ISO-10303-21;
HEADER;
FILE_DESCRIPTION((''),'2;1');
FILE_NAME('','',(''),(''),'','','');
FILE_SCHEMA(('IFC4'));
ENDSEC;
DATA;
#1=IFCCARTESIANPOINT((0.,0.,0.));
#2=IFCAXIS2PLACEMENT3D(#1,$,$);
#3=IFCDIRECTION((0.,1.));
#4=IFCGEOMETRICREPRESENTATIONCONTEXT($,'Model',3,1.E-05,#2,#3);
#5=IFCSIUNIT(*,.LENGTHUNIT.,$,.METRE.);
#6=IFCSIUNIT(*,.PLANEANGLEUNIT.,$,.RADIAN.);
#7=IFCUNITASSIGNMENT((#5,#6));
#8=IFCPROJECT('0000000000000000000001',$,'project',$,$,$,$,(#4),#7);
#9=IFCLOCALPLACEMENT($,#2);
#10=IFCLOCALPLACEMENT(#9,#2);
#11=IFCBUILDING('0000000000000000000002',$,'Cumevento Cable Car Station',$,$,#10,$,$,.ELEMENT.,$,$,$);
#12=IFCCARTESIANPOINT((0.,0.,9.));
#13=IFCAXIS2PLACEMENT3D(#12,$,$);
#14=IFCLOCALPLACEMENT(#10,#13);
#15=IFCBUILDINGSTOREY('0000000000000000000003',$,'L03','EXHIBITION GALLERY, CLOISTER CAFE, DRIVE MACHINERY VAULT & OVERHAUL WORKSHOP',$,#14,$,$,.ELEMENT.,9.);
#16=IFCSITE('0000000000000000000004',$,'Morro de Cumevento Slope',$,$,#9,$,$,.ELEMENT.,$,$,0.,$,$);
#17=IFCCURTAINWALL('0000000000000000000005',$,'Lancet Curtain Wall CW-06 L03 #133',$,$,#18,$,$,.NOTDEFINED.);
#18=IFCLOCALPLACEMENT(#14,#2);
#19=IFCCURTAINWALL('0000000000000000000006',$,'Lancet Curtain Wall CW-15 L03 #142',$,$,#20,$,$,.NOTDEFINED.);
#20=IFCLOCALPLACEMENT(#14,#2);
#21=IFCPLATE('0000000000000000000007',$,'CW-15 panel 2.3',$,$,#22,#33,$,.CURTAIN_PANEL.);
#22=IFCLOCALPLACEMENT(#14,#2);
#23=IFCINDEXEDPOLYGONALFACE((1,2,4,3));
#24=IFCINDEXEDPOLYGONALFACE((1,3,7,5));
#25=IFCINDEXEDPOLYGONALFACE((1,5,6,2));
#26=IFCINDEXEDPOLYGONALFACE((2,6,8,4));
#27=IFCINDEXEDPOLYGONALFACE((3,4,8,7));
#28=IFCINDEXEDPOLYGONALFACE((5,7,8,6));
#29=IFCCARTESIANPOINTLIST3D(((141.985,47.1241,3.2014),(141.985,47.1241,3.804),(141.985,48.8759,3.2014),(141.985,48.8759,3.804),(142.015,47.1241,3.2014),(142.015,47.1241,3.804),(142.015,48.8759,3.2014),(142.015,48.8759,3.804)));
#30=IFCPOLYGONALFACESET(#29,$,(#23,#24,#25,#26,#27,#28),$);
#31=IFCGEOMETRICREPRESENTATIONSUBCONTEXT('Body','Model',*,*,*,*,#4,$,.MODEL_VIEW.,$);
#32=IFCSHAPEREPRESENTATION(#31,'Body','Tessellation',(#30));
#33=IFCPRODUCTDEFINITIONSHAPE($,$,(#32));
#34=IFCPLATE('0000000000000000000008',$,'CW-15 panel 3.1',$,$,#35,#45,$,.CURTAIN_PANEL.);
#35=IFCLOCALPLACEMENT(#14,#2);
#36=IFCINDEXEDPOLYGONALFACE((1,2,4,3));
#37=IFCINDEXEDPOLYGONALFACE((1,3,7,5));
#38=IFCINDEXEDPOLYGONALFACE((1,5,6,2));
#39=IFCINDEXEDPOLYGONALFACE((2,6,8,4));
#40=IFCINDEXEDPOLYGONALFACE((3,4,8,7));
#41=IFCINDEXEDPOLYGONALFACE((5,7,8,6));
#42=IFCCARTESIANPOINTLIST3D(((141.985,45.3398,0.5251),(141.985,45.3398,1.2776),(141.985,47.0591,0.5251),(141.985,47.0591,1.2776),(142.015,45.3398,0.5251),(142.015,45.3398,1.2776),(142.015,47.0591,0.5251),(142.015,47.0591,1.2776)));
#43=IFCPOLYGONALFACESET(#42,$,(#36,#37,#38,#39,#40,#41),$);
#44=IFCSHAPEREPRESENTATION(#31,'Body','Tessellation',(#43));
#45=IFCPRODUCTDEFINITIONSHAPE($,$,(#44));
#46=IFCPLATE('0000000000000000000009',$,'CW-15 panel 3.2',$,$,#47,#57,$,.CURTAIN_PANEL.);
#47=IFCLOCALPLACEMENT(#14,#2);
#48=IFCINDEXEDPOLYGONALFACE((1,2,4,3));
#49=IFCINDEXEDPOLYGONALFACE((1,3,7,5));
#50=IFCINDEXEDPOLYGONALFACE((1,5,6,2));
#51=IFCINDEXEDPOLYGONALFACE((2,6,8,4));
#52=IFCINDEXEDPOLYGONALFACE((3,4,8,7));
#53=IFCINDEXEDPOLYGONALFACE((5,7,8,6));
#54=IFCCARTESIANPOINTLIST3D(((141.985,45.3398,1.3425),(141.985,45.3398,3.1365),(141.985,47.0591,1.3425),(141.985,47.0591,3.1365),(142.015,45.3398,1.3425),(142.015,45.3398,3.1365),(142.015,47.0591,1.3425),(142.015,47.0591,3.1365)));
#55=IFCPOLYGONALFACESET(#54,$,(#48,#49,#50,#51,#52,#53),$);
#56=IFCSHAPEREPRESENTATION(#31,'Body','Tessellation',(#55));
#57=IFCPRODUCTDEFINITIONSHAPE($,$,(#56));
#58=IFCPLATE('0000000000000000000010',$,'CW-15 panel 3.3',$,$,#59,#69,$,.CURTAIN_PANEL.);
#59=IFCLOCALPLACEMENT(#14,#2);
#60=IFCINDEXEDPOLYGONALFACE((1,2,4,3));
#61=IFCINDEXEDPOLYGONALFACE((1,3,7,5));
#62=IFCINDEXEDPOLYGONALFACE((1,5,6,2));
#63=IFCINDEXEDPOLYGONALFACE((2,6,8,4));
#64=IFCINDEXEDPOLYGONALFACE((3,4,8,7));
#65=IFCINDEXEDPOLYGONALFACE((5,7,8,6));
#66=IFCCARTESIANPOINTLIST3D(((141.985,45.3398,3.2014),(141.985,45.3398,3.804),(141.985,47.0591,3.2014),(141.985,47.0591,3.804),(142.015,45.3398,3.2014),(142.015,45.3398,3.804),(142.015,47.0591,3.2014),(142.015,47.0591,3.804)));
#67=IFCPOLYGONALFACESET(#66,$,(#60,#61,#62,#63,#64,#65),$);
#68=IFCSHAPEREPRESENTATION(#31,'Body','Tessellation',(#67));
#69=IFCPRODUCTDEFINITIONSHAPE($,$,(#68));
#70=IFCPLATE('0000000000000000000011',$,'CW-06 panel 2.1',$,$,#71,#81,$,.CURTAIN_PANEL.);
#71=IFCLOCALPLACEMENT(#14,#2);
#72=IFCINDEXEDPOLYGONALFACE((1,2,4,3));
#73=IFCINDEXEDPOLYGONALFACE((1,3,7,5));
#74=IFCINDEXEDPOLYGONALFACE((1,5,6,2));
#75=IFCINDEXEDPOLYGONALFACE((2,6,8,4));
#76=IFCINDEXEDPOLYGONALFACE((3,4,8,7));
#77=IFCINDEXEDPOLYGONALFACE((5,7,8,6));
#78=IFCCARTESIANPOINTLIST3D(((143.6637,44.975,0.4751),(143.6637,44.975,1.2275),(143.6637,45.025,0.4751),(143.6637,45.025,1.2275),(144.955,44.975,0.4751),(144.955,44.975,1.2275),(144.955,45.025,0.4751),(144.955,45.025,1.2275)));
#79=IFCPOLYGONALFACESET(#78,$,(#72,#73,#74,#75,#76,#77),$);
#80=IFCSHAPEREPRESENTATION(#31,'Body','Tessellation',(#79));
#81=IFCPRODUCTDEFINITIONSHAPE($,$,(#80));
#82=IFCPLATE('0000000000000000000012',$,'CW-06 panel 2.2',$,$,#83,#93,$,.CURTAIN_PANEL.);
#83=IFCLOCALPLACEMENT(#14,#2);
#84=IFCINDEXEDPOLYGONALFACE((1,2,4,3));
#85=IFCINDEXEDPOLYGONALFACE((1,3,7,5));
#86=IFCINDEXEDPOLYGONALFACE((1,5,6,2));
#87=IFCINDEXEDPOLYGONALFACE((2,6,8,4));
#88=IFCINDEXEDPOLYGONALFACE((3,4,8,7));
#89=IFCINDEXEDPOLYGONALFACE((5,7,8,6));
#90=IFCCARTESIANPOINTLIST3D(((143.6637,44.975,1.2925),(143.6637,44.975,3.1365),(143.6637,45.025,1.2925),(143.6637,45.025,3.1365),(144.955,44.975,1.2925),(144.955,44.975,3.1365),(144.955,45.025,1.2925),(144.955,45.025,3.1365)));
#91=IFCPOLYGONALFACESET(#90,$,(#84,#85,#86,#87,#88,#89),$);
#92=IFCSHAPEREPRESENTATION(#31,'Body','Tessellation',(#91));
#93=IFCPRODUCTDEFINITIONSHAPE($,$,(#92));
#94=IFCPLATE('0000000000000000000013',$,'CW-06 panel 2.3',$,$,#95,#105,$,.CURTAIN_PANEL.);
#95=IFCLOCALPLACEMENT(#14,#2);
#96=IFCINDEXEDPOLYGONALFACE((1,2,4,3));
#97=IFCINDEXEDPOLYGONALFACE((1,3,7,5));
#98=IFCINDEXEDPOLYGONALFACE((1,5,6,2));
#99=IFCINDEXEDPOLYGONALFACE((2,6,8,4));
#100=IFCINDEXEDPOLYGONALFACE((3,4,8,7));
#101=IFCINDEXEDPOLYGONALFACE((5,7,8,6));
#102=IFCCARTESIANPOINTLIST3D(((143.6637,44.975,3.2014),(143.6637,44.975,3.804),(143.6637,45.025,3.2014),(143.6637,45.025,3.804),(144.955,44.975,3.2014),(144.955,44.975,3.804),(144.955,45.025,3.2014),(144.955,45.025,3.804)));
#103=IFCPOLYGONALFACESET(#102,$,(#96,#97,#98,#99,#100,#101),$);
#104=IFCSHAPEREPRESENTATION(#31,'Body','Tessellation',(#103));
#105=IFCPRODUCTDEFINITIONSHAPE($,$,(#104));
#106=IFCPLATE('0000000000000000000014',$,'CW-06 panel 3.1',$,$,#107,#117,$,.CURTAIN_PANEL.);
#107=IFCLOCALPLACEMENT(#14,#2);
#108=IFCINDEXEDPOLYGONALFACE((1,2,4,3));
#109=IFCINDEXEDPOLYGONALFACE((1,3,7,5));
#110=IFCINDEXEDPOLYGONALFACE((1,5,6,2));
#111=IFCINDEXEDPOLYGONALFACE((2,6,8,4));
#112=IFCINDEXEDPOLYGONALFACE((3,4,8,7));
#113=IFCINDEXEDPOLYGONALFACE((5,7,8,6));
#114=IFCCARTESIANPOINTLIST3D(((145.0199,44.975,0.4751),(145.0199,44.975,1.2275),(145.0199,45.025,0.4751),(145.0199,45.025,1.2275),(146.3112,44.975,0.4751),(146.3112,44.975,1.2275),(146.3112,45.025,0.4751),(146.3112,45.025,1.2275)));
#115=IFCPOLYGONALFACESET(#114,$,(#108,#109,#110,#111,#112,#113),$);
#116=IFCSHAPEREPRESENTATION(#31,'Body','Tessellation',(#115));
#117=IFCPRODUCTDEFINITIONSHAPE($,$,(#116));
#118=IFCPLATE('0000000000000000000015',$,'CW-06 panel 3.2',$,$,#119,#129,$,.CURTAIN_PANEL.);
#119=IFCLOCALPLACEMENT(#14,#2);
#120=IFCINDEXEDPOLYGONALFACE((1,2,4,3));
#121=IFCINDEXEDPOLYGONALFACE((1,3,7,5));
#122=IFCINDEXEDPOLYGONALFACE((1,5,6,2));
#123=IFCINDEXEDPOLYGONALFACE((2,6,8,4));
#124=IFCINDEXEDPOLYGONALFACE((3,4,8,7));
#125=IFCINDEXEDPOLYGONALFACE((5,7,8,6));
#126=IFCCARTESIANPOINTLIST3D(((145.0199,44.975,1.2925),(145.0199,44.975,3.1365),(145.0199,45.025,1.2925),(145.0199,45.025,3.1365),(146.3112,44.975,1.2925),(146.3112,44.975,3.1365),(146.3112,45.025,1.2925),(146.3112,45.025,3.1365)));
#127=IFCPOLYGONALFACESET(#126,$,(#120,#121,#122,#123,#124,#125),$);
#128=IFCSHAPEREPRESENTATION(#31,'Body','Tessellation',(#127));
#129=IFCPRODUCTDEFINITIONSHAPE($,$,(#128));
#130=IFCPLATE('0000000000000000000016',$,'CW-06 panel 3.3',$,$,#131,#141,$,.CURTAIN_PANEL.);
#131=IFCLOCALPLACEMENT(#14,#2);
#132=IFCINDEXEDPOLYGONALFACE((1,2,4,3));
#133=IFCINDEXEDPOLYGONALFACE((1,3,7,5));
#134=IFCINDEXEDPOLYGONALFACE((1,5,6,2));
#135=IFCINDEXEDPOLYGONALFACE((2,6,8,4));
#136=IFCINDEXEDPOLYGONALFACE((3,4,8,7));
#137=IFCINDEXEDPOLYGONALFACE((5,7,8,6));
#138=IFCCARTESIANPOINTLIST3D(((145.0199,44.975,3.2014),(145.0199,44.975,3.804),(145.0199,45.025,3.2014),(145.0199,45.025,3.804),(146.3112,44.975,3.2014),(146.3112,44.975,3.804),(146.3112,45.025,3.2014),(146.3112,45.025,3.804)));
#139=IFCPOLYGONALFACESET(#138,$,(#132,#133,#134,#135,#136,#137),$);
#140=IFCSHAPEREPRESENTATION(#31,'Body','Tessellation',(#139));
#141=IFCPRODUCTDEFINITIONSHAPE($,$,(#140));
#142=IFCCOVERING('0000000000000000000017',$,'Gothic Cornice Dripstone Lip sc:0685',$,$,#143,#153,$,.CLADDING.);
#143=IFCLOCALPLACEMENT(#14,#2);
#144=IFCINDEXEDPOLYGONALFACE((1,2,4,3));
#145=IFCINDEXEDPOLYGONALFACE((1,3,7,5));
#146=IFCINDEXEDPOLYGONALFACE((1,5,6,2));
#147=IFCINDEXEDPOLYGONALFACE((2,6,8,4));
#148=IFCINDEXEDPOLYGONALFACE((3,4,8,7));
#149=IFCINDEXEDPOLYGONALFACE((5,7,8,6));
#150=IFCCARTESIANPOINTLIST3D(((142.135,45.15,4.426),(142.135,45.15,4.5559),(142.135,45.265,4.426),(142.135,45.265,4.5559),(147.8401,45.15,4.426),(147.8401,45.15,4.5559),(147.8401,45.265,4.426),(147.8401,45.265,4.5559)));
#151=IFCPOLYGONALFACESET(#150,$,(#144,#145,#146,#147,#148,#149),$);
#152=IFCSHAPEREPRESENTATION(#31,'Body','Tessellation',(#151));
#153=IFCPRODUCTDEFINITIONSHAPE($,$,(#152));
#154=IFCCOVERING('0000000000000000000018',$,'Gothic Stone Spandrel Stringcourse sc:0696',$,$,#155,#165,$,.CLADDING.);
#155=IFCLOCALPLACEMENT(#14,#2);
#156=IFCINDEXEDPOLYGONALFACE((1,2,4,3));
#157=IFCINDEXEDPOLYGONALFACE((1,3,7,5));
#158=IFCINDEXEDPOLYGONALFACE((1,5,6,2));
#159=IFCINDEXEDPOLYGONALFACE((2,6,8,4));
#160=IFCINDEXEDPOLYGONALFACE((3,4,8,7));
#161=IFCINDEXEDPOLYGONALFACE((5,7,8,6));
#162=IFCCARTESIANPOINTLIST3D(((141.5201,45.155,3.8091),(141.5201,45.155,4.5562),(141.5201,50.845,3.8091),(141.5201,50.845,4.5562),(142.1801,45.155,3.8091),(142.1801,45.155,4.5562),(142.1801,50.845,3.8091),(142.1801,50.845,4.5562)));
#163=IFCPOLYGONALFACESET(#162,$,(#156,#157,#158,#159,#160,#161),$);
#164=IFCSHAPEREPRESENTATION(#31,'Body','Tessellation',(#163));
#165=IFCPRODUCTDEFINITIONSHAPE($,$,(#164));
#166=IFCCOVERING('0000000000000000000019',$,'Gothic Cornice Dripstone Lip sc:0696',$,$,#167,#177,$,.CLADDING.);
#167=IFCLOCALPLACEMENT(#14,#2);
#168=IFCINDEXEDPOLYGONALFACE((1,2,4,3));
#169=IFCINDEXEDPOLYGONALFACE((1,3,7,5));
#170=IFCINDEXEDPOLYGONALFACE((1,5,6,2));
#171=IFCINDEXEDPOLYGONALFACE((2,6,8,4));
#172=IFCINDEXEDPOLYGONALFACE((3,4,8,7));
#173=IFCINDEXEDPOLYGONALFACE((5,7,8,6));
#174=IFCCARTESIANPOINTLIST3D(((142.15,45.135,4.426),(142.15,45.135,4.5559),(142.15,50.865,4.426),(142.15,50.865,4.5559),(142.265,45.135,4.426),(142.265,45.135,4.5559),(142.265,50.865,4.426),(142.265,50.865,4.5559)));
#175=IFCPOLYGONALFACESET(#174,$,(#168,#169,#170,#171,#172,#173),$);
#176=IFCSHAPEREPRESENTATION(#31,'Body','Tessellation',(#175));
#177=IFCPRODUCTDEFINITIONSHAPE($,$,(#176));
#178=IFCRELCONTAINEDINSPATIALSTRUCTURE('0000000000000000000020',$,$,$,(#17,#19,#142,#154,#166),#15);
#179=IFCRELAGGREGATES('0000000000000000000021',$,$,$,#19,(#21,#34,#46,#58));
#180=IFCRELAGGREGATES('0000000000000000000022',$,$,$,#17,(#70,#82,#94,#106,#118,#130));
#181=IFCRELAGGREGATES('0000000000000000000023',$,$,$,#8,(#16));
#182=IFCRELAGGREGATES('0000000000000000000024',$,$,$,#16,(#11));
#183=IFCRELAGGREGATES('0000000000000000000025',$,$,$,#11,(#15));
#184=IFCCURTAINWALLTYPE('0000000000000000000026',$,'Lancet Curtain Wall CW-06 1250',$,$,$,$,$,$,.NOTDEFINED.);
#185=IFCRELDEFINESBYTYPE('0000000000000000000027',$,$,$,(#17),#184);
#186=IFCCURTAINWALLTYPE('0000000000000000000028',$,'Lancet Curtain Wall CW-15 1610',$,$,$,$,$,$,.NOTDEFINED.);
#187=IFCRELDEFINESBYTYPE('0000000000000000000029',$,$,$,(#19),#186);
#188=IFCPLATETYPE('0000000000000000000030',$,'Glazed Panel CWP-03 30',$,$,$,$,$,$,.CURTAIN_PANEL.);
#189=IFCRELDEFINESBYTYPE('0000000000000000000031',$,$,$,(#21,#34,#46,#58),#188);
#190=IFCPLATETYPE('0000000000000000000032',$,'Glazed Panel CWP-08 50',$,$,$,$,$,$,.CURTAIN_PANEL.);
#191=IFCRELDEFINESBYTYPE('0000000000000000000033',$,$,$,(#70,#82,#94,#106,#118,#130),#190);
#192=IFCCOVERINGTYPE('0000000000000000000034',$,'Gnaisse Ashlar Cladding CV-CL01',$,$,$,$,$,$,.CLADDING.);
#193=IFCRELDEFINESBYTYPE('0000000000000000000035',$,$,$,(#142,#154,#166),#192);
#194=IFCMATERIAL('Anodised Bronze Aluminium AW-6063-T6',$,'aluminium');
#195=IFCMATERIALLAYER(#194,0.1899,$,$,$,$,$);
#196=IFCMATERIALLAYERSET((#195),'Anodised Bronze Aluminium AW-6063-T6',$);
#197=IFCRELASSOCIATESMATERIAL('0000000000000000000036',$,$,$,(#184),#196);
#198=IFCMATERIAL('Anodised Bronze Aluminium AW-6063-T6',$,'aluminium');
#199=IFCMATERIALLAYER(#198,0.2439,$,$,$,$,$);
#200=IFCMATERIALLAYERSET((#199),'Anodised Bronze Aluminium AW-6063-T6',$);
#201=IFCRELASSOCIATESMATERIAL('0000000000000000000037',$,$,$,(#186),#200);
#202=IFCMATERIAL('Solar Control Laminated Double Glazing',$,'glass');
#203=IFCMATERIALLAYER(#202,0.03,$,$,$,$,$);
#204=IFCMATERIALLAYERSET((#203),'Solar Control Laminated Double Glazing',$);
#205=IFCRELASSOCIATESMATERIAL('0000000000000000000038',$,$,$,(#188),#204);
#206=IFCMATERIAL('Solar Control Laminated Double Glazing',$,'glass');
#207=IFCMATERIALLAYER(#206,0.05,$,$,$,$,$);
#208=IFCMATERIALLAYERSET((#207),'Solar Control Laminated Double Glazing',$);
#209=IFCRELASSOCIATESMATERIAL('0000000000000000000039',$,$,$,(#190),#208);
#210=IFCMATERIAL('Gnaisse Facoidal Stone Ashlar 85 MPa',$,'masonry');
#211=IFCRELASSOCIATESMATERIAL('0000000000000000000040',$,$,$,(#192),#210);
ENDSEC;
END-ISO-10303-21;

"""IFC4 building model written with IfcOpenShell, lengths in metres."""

from ifc_helpers import new_model, si_unit, direction, frame, origin, origin_2d, place, context, subcontext, project, spatial, rectangle, extrude, material, layer, layer_set, type_object, element, aggregate, save


model = new_model("IFC4")

# Units and contexts
model_context = context("Model", 3, precision=1e-05, world=origin(), true_north=direction((0.0, 1.0)))
body_context = subcontext(model_context, "Body", "Model", "MODEL_VIEW")
ifc_project = project(units=[si_unit("LENGTHUNIT", "METRE"), si_unit("PLANEANGLEUNIT", "RADIAN")], contexts=[model_context])

# Site, building, storey
site_placement = place(None, origin())
site = spatial("IfcSite", under=ifc_project, at=site_placement, Name="Morro de Cumevento Slope", CompositionType="ELEMENT", RefElevation=0.0)
building_placement = place(site_placement, origin())
building = spatial("IfcBuilding", under=site, at=building_placement, Name="Cumevento Cable Car Station", CompositionType="ELEMENT")
storey_placement = place(building_placement, frame((0.0, 0.0, 9.0)))
storey = spatial("IfcBuildingStorey", under=building, at=storey_placement, Name="L03", Description="EXHIBITION GALLERY, CLOISTER CAFE, DRIVE MACHINERY VAULT & OVERHAUL WORKSHOP", CompositionType="ELEMENT", Elevation=9.0)

# Curtain wall
ifc_material_1 = material(Name="Anodised Bronze Aluminium AW-6063-T6", Category="aluminium")
ifc_layer_1 = layer(ifc_material_1, 0.1899)
ifc_layer_set_1 = layer_set([ifc_layer_1], Name="Anodised Bronze Aluminium AW-6063-T6")
curtain_wall_type_1 = type_object("IfcCurtainWallType", Name="Lancet Curtain Wall CW-06 1250", PredefinedType="NOTDEFINED", material=ifc_layer_set_1)
curtain_wall_1_placement = place(storey_placement, origin())
curtain_wall_1 = element("IfcCurtainWall", 1, at=curtain_wall_1_placement, inside=storey, type_object=curtain_wall_type_1, Name="Lancet Curtain Wall CW-06 L03 #133", PredefinedType="NOTDEFINED")

# Curtain wall
ifc_material_2 = material(Name="Anodised Bronze Aluminium AW-6063-T6", Category="aluminium")
ifc_layer_2 = layer(ifc_material_2, 0.2439)
ifc_layer_set_2 = layer_set([ifc_layer_2], Name="Anodised Bronze Aluminium AW-6063-T6")
curtain_wall_type_2 = type_object("IfcCurtainWallType", Name="Lancet Curtain Wall CW-15 1610", PredefinedType="NOTDEFINED", material=ifc_layer_set_2)
curtain_wall_2_placement = place(storey_placement, origin())
curtain_wall_2 = element("IfcCurtainWall", 2, at=curtain_wall_2_placement, inside=storey, type_object=curtain_wall_type_2, Name="Lancet Curtain Wall CW-15 L03 #142", PredefinedType="NOTDEFINED")

# Plates
ifc_material_3 = material(Name="Solar Control Laminated Double Glazing", Category="glass")
ifc_layer_3 = layer(ifc_material_3, 0.03)
ifc_layer_set_3 = layer_set([ifc_layer_3], Name="Solar Control Laminated Double Glazing")
plate_type_1 = type_object("IfcPlateType", Name="Glazed Panel CWP-03 30", PredefinedType="CURTAIN_PANEL", material=ifc_layer_set_3)
plate_1_placement = place(storey_placement, frame((142.0, 48.0, 3.2014), z_axis=(0.0, 0.0, 1.0), x_axis=(0.0, -1.0, 0.0)))
plate_1 = element("IfcPlate", 3, at=plate_1_placement, type_object=plate_type_1, Name="CW-15 panel 2.3", PredefinedType="CURTAIN_PANEL", context=body_context, shape_type="SweptSolid", body=[
    extrude(rectangle(XDim=1.7517, YDim=0.03, at=origin_2d()), origin(), (0.0, 0.0, 1.0), 0.6025),
])
plate_2_placement = place(storey_placement, frame((142.0, 46.1995, 0.5251), z_axis=(0.0, 0.0, 1.0), x_axis=(0.0, -1.0, 0.0)))
plate_2 = element("IfcPlate", 4, at=plate_2_placement, type_object=plate_type_1, Name="CW-15 panel 3.1", PredefinedType="CURTAIN_PANEL", context=body_context, shape_type="SweptSolid", body=[
    extrude(rectangle(XDim=1.7192, YDim=0.03, at=origin_2d()), origin(), (0.0, 0.0, 1.0), 0.7524),
])
plate_3_placement = place(storey_placement, frame((142.0, 46.1995, 1.3425), z_axis=(0.0, 0.0, 1.0), x_axis=(0.0, -1.0, 0.0)))
plate_3 = element("IfcPlate", 5, at=plate_3_placement, type_object=plate_type_1, Name="CW-15 panel 3.2", PredefinedType="CURTAIN_PANEL", context=body_context, shape_type="SweptSolid", body=[
    extrude(rectangle(XDim=1.7192, YDim=0.03, at=origin_2d()), origin(), (0.0, 0.0, 1.0), 1.7939),
])
plate_4_placement = place(storey_placement, frame((142.0, 46.1995, 3.2014), z_axis=(0.0, 0.0, 1.0), x_axis=(0.0, -1.0, 0.0)))
plate_4 = element("IfcPlate", 6, at=plate_4_placement, type_object=plate_type_1, Name="CW-15 panel 3.3", PredefinedType="CURTAIN_PANEL", context=body_context, shape_type="SweptSolid", body=[
    extrude(rectangle(XDim=1.7192, YDim=0.03, at=origin_2d()), origin(), (0.0, 0.0, 1.0), 0.6025),
])
aggregate(curtain_wall_2, [plate_1, plate_2, plate_3, plate_4])
ifc_material_4 = material(Name="Solar Control Laminated Double Glazing", Category="glass")
ifc_layer_4 = layer(ifc_material_4, 0.05)
ifc_layer_set_4 = layer_set([ifc_layer_4], Name="Solar Control Laminated Double Glazing")
plate_type_2 = type_object("IfcPlateType", Name="Glazed Panel CWP-08 50", PredefinedType="CURTAIN_PANEL", material=ifc_layer_set_4)
plate_5_placement = place(storey_placement, frame((144.3093, 45.0, 0.4751), z_axis=(0.0, 0.0, 1.0), x_axis=(1.0, 0.0, 0.0)))
plate_5 = element("IfcPlate", 7, at=plate_5_placement, type_object=plate_type_2, Name="CW-06 panel 2.1", PredefinedType="CURTAIN_PANEL", context=body_context, shape_type="SweptSolid", body=[
    extrude(rectangle(XDim=1.2913, YDim=0.05, at=origin_2d()), origin(), (0.0, 0.0, 1.0), 0.7524),
])
plate_6_placement = place(storey_placement, frame((144.3093, 45.0, 1.2925), z_axis=(0.0, 0.0, 1.0), x_axis=(1.0, 0.0, 0.0)))
plate_6 = element("IfcPlate", 8, at=plate_6_placement, type_object=plate_type_2, Name="CW-06 panel 2.2", PredefinedType="CURTAIN_PANEL", context=body_context, shape_type="SweptSolid", body=[
    extrude(rectangle(XDim=1.2913, YDim=0.05, at=origin_2d()), origin(), (0.0, 0.0, 1.0), 1.844),
])
plate_7_placement = place(storey_placement, frame((144.3093, 45.0, 3.2014), z_axis=(0.0, 0.0, 1.0), x_axis=(1.0, 0.0, 0.0)))
plate_7 = element("IfcPlate", 9, at=plate_7_placement, type_object=plate_type_2, Name="CW-06 panel 2.3", PredefinedType="CURTAIN_PANEL", context=body_context, shape_type="SweptSolid", body=[
    extrude(rectangle(XDim=1.2913, YDim=0.05, at=origin_2d()), origin(), (0.0, 0.0, 1.0), 0.6025),
])
plate_8_placement = place(storey_placement, frame((145.6655, 45.0, 0.4751), z_axis=(0.0, 0.0, 1.0), x_axis=(1.0, 0.0, 0.0)))
plate_8 = element("IfcPlate", 10, at=plate_8_placement, type_object=plate_type_2, Name="CW-06 panel 3.1", PredefinedType="CURTAIN_PANEL", context=body_context, shape_type="SweptSolid", body=[
    extrude(rectangle(XDim=1.2913, YDim=0.05, at=origin_2d()), origin(), (0.0, 0.0, 1.0), 0.7524),
])
plate_9_placement = place(storey_placement, frame((145.6655, 45.0, 1.2925), z_axis=(0.0, 0.0, 1.0), x_axis=(1.0, 0.0, 0.0)))
plate_9 = element("IfcPlate", 11, at=plate_9_placement, type_object=plate_type_2, Name="CW-06 panel 3.2", PredefinedType="CURTAIN_PANEL", context=body_context, shape_type="SweptSolid", body=[
    extrude(rectangle(XDim=1.2913, YDim=0.05, at=origin_2d()), origin(), (0.0, 0.0, 1.0), 1.844),
])
plate_10_placement = place(storey_placement, frame((145.6655, 45.0, 3.2014), z_axis=(0.0, 0.0, 1.0), x_axis=(1.0, 0.0, 0.0)))
plate_10 = element("IfcPlate", 12, at=plate_10_placement, type_object=plate_type_2, Name="CW-06 panel 3.3", PredefinedType="CURTAIN_PANEL", context=body_context, shape_type="SweptSolid", body=[
    extrude(rectangle(XDim=1.2913, YDim=0.05, at=origin_2d()), origin(), (0.0, 0.0, 1.0), 0.6025),
])
aggregate(curtain_wall_1, [plate_5, plate_6, plate_7, plate_8, plate_9, plate_10])

# Coverings
ifc_material_5 = material(Name="Gnaisse Facoidal Stone Ashlar 85 MPa", Category="masonry")
covering_type = type_object("IfcCoveringType", Name="Gnaisse Ashlar Cladding CV-CL01", PredefinedType="CLADDING", material=ifc_material_5)
covering_1_placement = place(storey_placement, frame((144.9875, 45.2075, 4.426), z_axis=(0.0, 0.0, 1.0), x_axis=(1.0, 0.0, 0.0)))
element("IfcCovering", 13, at=covering_1_placement, inside=storey, type_object=covering_type, Name="Gothic Cornice Dripstone Lip sc:0685", PredefinedType="CLADDING", context=body_context, shape_type="SweptSolid", body=[
    extrude(rectangle(XDim=5.7051, YDim=0.115, at=origin_2d()), origin(), (0.0, 0.0, 1.0), 0.1299),
])
covering_2_placement = place(storey_placement, frame((141.8501, 48.0, 3.8091), z_axis=(0.0, 0.0, 1.0), x_axis=(0.0, -1.0, 0.0)))
element("IfcCovering", 14, at=covering_2_placement, inside=storey, type_object=covering_type, Name="Gothic Stone Spandrel Stringcourse sc:0696", PredefinedType="CLADDING", context=body_context, shape_type="SweptSolid", body=[
    extrude(rectangle(XDim=5.6899, YDim=0.6599, at=origin_2d()), origin(), (0.0, 0.0, 1.0), 0.7471),
])
covering_3_placement = place(storey_placement, frame((142.2075, 48.0, 4.426), z_axis=(0.0, 0.0, 1.0), x_axis=(0.0, -1.0, 0.0)))
element("IfcCovering", 15, at=covering_3_placement, inside=storey, type_object=covering_type, Name="Gothic Cornice Dripstone Lip sc:0696", PredefinedType="CLADDING", context=body_context, shape_type="SweptSolid", body=[
    extrude(rectangle(XDim=5.73, YDim=0.115, at=origin_2d()), origin(), (0.0, 0.0, 1.0), 0.1299),
])

save(model, "model.ifc")
